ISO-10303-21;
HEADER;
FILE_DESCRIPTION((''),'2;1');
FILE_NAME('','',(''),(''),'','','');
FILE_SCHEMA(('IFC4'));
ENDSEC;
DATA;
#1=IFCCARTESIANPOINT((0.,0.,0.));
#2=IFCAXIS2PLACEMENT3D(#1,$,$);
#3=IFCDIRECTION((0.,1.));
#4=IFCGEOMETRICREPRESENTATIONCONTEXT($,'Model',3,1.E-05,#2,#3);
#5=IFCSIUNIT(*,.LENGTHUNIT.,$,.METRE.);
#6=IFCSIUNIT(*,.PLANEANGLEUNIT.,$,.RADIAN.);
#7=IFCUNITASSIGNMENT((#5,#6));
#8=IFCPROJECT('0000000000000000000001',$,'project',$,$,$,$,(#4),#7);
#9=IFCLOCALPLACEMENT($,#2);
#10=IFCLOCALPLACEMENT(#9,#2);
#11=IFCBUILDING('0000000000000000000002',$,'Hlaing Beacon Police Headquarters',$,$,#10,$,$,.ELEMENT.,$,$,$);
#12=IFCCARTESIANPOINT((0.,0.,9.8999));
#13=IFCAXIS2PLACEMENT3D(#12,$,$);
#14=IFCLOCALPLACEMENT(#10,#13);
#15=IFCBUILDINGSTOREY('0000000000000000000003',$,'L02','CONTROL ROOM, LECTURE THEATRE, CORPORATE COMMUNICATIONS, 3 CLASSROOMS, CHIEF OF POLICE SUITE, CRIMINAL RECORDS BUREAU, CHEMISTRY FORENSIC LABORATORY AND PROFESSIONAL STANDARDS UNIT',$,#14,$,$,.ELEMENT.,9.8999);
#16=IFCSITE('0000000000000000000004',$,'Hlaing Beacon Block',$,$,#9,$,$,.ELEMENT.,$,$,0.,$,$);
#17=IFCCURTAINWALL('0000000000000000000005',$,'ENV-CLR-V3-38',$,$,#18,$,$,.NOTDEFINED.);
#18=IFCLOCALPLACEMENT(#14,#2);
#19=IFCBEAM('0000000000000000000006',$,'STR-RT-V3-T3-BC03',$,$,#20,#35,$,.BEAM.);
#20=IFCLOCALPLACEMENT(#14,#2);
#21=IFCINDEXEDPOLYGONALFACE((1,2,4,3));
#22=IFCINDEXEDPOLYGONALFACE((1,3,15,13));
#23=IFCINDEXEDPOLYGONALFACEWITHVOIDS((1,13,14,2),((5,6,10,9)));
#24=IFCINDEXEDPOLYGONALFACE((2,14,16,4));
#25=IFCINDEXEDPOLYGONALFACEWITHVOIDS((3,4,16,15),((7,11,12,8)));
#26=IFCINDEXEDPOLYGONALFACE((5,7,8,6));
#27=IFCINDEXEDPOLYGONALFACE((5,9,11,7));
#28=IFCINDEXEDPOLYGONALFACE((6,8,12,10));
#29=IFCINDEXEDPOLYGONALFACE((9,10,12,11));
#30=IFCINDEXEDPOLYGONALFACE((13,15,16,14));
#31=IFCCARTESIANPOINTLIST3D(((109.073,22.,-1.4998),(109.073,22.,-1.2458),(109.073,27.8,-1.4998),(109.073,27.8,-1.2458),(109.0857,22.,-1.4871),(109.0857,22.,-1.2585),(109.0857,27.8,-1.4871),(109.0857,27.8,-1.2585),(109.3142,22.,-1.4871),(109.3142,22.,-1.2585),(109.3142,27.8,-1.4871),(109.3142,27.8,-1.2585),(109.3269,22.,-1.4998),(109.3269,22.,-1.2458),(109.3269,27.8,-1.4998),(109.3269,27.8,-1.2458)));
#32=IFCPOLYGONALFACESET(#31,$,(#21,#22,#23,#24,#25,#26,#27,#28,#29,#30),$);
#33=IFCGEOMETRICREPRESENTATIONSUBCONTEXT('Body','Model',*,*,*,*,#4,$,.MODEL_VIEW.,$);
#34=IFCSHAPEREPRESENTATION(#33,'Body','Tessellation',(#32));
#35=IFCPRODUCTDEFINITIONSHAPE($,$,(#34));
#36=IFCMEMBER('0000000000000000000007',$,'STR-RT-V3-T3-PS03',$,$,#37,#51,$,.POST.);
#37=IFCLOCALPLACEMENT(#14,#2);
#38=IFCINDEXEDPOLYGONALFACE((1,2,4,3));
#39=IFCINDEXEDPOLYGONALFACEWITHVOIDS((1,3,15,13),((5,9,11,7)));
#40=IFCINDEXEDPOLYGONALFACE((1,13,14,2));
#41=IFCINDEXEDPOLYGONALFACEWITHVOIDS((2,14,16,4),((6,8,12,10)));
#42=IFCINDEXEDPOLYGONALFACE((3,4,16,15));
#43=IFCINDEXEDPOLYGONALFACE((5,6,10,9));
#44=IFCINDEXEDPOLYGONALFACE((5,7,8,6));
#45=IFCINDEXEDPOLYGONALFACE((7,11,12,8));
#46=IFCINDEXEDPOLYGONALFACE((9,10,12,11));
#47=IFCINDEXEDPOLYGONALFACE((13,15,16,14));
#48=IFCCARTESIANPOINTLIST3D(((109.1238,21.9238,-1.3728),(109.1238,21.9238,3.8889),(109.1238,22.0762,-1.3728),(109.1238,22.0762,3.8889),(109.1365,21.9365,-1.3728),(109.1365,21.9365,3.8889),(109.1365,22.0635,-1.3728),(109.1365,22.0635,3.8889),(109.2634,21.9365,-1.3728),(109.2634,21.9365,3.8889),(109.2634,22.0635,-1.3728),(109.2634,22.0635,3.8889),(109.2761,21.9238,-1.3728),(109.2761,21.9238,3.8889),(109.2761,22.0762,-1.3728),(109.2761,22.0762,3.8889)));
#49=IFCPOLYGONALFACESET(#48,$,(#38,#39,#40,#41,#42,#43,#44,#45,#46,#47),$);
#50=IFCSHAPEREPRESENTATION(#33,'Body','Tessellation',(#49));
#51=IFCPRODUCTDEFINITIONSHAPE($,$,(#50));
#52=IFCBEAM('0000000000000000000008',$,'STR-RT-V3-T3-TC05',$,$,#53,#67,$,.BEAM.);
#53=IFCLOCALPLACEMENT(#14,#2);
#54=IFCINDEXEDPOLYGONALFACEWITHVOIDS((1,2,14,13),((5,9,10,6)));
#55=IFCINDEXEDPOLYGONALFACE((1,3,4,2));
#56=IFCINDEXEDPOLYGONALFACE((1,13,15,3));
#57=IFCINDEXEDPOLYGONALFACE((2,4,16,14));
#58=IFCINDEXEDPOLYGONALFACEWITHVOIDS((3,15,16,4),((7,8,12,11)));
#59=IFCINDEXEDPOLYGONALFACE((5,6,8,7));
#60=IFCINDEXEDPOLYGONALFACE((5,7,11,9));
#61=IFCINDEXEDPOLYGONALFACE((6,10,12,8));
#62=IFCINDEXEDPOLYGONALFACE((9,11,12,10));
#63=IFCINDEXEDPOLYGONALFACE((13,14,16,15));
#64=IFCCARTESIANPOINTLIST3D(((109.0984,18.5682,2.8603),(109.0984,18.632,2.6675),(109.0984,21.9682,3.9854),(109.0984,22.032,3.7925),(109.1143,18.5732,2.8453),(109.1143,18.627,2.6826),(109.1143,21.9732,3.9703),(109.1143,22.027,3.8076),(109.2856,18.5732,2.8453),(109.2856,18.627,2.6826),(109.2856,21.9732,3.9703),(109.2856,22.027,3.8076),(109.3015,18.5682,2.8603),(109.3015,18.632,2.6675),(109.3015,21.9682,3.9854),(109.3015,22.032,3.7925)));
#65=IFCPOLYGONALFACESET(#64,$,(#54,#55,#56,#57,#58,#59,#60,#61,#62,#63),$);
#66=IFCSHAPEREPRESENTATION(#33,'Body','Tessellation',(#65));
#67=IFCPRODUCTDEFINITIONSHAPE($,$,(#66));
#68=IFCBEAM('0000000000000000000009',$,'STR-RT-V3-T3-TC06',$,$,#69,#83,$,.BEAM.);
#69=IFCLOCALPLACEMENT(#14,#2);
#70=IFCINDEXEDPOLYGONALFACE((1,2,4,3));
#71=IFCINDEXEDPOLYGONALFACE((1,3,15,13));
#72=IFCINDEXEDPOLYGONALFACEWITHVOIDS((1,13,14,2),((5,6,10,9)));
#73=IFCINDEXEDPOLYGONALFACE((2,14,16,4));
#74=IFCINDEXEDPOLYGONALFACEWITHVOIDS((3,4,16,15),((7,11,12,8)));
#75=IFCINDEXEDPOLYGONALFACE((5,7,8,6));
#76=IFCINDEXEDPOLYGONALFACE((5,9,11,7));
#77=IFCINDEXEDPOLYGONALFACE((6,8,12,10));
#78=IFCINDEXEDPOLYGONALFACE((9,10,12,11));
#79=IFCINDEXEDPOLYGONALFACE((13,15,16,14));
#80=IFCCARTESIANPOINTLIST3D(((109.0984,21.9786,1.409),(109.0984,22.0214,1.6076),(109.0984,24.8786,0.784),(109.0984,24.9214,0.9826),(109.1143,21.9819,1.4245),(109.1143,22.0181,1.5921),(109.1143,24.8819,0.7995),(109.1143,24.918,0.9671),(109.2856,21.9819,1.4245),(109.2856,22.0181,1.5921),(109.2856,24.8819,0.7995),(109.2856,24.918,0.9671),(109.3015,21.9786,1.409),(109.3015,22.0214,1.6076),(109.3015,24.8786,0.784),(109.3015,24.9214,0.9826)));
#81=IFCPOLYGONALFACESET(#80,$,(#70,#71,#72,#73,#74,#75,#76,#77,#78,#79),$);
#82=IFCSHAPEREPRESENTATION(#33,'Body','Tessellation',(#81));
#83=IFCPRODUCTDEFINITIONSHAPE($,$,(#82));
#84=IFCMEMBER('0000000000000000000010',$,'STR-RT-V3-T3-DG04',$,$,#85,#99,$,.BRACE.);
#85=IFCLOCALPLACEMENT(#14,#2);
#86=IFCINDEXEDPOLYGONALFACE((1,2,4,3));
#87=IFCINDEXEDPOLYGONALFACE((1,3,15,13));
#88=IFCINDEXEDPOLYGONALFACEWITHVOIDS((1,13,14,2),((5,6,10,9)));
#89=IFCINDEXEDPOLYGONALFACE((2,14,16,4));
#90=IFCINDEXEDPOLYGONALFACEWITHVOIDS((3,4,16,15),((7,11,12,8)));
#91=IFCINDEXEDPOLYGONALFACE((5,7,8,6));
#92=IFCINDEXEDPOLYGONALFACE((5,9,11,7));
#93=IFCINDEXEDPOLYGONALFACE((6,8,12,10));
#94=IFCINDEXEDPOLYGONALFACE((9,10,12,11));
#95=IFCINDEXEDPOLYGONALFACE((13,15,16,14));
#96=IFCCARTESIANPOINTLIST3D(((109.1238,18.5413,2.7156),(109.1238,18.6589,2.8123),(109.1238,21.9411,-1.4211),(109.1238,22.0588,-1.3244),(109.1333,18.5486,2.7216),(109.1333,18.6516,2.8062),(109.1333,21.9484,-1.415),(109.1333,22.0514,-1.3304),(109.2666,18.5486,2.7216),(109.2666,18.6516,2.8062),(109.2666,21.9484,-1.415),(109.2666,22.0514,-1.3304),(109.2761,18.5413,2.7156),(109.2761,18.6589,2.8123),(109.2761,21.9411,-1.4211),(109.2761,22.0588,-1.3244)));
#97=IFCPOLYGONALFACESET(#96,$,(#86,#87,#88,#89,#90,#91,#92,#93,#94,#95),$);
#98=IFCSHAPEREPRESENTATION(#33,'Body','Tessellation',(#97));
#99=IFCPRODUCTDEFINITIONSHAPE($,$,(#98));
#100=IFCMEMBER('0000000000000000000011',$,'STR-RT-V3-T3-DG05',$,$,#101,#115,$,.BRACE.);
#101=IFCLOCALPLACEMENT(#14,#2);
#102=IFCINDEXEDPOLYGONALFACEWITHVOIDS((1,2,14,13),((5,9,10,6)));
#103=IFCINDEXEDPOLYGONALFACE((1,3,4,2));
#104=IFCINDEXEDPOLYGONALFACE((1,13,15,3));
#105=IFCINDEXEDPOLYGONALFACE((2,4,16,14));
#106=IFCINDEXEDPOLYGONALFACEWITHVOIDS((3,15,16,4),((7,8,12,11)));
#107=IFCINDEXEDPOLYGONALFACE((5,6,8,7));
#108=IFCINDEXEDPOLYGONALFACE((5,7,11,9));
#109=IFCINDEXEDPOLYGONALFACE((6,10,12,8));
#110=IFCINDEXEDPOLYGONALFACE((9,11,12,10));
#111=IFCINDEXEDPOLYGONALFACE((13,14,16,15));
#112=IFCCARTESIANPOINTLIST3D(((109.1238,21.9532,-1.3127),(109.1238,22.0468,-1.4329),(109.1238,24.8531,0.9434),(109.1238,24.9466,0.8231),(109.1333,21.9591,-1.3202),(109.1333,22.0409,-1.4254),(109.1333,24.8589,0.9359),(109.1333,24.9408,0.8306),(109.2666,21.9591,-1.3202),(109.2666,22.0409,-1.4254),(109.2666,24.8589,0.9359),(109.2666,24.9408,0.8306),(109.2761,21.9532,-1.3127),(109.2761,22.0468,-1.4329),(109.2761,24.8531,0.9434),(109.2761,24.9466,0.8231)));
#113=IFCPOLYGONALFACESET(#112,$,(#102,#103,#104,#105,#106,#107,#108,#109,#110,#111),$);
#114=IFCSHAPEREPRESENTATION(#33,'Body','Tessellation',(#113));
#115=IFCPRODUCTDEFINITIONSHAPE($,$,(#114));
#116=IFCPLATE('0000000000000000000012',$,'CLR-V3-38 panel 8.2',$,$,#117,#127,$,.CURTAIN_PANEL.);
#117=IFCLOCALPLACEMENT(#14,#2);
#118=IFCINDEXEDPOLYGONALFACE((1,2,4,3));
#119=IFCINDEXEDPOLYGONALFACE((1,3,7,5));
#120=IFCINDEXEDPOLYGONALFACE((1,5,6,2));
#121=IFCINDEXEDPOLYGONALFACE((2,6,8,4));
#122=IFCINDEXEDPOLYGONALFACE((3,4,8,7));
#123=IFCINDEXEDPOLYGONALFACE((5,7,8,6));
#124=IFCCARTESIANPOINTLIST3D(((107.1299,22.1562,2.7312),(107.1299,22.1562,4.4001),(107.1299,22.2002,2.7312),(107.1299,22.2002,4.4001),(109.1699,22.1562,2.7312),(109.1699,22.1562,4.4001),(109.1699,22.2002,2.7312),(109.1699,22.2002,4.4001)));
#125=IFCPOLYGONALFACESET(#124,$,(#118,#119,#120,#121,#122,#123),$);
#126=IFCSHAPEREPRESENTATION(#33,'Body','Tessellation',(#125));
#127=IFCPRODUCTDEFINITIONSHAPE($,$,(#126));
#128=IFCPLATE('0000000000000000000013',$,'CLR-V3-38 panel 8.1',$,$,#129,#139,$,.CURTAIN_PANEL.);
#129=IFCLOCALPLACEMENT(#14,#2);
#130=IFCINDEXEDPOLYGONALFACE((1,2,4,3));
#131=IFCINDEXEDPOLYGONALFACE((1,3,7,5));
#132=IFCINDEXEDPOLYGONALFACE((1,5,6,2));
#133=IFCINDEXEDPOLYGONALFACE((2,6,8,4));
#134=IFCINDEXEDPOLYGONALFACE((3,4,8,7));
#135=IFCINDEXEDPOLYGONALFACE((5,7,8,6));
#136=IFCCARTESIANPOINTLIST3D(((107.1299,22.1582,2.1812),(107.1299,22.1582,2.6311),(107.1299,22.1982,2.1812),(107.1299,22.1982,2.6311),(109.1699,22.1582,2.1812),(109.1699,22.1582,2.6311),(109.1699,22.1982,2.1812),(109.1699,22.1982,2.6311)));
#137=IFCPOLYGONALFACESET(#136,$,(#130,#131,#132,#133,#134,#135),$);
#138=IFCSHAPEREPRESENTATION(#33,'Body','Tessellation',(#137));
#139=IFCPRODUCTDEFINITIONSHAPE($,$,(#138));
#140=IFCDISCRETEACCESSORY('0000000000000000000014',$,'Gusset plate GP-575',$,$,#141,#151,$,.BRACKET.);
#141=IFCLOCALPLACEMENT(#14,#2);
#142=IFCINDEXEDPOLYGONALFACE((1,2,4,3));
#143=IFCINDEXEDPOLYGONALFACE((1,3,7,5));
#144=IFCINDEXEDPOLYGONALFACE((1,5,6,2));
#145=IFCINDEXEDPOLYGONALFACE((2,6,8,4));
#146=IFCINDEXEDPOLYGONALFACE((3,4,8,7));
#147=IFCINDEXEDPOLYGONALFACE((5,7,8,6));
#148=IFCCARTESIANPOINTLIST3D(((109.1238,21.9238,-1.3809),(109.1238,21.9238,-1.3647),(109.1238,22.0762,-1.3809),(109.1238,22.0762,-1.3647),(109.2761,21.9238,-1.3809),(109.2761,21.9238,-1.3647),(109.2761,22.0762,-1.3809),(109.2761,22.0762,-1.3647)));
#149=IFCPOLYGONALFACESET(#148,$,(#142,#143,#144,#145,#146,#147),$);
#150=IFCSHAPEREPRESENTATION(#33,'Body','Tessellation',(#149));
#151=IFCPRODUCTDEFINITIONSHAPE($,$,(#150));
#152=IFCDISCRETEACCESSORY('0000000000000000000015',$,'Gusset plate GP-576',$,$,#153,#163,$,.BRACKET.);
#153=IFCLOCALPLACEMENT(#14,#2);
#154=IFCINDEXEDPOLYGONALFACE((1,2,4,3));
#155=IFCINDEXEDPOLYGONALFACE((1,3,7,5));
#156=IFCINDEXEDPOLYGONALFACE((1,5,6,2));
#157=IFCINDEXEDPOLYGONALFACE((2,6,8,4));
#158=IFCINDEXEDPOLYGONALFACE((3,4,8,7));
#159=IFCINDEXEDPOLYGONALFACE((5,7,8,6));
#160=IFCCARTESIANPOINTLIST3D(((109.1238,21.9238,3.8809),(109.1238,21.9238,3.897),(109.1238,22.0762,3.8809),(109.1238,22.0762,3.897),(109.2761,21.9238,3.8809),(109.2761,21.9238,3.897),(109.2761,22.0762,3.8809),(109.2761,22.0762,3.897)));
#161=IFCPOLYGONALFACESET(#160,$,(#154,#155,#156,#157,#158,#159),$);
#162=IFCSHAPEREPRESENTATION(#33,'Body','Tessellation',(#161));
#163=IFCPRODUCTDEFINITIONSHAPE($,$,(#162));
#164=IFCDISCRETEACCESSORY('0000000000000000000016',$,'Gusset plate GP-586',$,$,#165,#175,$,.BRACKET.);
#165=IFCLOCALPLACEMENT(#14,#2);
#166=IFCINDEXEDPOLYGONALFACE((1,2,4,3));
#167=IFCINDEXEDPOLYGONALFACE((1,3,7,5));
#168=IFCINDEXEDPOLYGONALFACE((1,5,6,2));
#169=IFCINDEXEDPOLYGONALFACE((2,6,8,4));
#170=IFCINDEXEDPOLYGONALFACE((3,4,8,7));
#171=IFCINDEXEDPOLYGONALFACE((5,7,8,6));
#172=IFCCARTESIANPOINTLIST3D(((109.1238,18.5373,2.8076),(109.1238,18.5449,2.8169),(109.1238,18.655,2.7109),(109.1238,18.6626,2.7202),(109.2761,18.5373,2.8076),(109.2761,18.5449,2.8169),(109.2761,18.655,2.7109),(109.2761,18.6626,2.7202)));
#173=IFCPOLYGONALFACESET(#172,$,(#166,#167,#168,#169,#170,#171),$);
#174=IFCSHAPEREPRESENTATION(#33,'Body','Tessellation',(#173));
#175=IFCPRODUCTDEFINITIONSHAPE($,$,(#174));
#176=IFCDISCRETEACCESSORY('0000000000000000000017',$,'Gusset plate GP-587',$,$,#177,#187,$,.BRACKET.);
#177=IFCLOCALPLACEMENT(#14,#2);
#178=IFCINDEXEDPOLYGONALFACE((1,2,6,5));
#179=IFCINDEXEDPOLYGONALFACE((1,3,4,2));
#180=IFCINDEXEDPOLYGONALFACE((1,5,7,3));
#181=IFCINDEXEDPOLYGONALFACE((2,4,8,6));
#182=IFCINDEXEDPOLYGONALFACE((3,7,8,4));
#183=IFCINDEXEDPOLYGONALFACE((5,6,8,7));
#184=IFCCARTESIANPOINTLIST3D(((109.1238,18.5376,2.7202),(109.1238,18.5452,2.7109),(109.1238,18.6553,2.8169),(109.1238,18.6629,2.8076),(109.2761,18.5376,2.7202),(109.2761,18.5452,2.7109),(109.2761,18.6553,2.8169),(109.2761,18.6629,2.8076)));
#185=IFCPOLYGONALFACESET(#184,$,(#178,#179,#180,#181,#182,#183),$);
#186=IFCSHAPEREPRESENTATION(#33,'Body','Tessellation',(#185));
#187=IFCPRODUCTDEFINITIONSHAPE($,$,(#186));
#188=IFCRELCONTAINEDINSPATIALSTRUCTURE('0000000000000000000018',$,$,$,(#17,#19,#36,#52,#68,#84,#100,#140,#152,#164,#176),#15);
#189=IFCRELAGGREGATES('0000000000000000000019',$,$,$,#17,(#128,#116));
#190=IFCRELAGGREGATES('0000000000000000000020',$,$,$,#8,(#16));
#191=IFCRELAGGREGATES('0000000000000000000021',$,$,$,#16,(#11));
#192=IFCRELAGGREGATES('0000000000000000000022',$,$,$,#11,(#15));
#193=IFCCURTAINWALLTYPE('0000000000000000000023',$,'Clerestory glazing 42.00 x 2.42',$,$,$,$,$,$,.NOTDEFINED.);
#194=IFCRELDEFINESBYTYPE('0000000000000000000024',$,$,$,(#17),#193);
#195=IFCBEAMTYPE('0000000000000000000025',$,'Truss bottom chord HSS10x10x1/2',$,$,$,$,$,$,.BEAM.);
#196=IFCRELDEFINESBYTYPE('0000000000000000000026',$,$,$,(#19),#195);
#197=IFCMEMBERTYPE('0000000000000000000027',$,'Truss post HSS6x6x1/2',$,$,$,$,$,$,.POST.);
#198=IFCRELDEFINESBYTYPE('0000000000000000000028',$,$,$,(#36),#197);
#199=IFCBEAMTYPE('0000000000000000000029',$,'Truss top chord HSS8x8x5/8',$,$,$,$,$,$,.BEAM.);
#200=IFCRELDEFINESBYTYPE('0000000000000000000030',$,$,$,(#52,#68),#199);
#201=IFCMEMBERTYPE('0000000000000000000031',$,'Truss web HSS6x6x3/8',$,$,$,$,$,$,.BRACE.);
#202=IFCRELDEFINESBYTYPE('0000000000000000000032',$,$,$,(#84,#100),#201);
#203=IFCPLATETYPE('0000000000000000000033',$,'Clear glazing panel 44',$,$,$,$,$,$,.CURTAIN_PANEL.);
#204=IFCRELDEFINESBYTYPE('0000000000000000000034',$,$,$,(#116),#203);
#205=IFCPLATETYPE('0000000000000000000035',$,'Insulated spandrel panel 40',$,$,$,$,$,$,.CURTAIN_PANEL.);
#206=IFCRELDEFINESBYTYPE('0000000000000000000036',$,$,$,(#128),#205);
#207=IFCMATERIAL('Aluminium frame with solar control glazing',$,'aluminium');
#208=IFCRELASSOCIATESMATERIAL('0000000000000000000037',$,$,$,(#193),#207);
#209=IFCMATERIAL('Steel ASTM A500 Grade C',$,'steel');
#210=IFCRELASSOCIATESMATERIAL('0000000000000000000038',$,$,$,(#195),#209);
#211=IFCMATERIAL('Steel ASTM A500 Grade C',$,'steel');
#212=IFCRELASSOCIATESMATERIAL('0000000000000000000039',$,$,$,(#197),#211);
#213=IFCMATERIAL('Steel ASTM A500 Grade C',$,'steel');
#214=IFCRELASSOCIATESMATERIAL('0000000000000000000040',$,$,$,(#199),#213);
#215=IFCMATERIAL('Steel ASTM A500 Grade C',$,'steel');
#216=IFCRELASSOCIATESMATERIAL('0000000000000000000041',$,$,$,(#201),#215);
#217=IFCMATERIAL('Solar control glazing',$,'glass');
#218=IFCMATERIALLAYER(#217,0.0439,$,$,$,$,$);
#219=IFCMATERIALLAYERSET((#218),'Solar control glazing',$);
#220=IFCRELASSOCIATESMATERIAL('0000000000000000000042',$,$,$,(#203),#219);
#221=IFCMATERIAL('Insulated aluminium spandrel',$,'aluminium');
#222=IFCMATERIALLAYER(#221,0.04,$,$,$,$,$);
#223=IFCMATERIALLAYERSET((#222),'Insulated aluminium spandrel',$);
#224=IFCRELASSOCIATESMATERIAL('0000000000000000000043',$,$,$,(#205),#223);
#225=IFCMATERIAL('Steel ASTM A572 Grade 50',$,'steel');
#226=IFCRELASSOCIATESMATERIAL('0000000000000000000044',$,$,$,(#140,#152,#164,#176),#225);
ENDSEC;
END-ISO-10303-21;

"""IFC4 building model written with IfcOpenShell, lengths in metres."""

from ifc_helpers import new_model, si_unit, direction, frame, origin, origin_2d, place, context, subcontext, project, spatial, rectangle, hollow_rectangle, extrude, material, layer, layer_set, material_profile, profile_set, type_object, element, aggregate, save


model = new_model("IFC4")

# Units and contexts
model_context = context("Model", 3, precision=1e-05, world=origin(), true_north=direction((0.0, 1.0)))
body_context = subcontext(model_context, "Body", "Model", "MODEL_VIEW")
ifc_project = project(units=[si_unit("LENGTHUNIT", "METRE"), si_unit("PLANEANGLEUNIT", "RADIAN")], contexts=[model_context])

# Site, building, storey
site_placement = place(None, origin())
site = spatial("IfcSite", under=ifc_project, at=site_placement, Name="Hlaing Beacon Block", CompositionType="ELEMENT", RefElevation=0.0)
building_placement = place(site_placement, origin())
building = spatial("IfcBuilding", under=site, at=building_placement, Name="Hlaing Beacon Police Headquarters", CompositionType="ELEMENT")
storey_placement = place(building_placement, frame((0.0, 0.0, 9.8999)))
storey = spatial("IfcBuildingStorey", under=building, at=storey_placement, Name="L02", Description="CONTROL ROOM, LECTURE THEATRE, CORPORATE COMMUNICATIONS, 3 CLASSROOMS, CHIEF OF POLICE SUITE, CRIMINAL RECORDS BUREAU, CHEMISTRY FORENSIC LABORATORY AND PROFESSIONAL STANDARDS UNIT", CompositionType="ELEMENT", Elevation=9.8999)

# Curtain wall
ifc_material_1 = material(Name="Aluminium frame with solar control glazing", Category="aluminium")
curtain_wall_type = type_object("IfcCurtainWallType", Name="Clerestory glazing 42.00 x 2.42", PredefinedType="NOTDEFINED", material=ifc_material_1)
curtain_wall_placement = place(storey_placement, origin())
curtain_wall = element("IfcCurtainWall", 1, at=curtain_wall_placement, inside=storey, type_object=curtain_wall_type, Name="ENV-CLR-V3-38", PredefinedType="NOTDEFINED")

# Beam
ifc_material_2 = material(Name="Steel ASTM A500 Grade C", Category="steel")
ifc_material_profile_1 = material_profile(ifc_material_2, hollow_rectangle(XDim=0.2539, YDim=0.2539, WallThickness=0.0127, at=origin_2d()), Name="HSS10x10x1/2")
ifc_profile_set_1 = profile_set([ifc_material_profile_1], Name="Steel ASTM A500 Grade C")
beam_type_1 = type_object("IfcBeamType", Name="Truss bottom chord HSS10x10x1/2", PredefinedType="BEAM", material=ifc_profile_set_1)
beam_1_placement = place(storey_placement, frame((109.2, 22.0, -1.3728), z_axis=(0.0, 1.0, 0.0), x_axis=(-1.0, 0.0, 0.0)))
element("IfcBeam", 2, at=beam_1_placement, inside=storey, type_object=beam_type_1, Name="STR-RT-V3-T3-BC03", PredefinedType="BEAM", context=body_context, shape_type="SweptSolid", body=[
    extrude(hollow_rectangle(XDim=0.2539, YDim=0.2539, WallThickness=0.0127, at=origin_2d()), origin(), (0.0, 0.0, 1.0), 5.8),
])

# Member
ifc_material_3 = material(Name="Steel ASTM A500 Grade C", Category="steel")
ifc_material_profile_2 = material_profile(ifc_material_3, hollow_rectangle(XDim=0.1523, YDim=0.1523, WallThickness=0.0127, at=origin_2d()), Name="HSS6x6x1/2")
ifc_profile_set_2 = profile_set([ifc_material_profile_2], Name="Steel ASTM A500 Grade C")
member_type_1 = type_object("IfcMemberType", Name="Truss post HSS6x6x1/2", PredefinedType="POST", material=ifc_profile_set_2)
member_1_placement = place(storey_placement, frame((109.2, 22.0, -1.3728), z_axis=(0.0, 0.0, 1.0), x_axis=(1.0, 0.0, 0.0)))
element("IfcMember", 3, at=member_1_placement, inside=storey, type_object=member_type_1, Name="STR-RT-V3-T3-PS03", PredefinedType="POST", context=body_context, shape_type="SweptSolid", body=[
    extrude(hollow_rectangle(XDim=0.1523, YDim=0.1523, WallThickness=0.0127, at=origin_2d()), origin(), (0.0, 0.0, 1.0), 5.2617),
])

# Beams
ifc_material_4 = material(Name="Steel ASTM A500 Grade C", Category="steel")
ifc_material_profile_3 = material_profile(ifc_material_4, hollow_rectangle(XDim=0.2031, YDim=0.2031, WallThickness=0.0159, at=origin_2d()), Name="HSS8x8x5/8")
ifc_profile_set_3 = profile_set([ifc_material_profile_3], Name="Steel ASTM A500 Grade C")
beam_type_2 = type_object("IfcBeamType", Name="Truss top chord HSS8x8x5/8", PredefinedType="BEAM", material=ifc_profile_set_3)
beam_2_placement = place(storey_placement, frame((109.2, 18.6001, 2.7639), z_axis=(0.0, 0.949376, 0.314141), x_axis=(-1.0, 0.0, 0.0)))
element("IfcBeam", 4, at=beam_2_placement, inside=storey, type_object=beam_type_2, Name="STR-RT-V3-T3-TC05", PredefinedType="BEAM", context=body_context, shape_type="SweptSolid", body=[
    extrude(hollow_rectangle(XDim=0.2031, YDim=0.2031, WallThickness=0.0159, at=origin_2d()), origin(), (0.0, 0.0, 1.0), 3.5813),
])
beam_3_placement = place(storey_placement, frame((109.2, 22.0, 1.5083), z_axis=(0.0, 0.977554, -0.210687), x_axis=(-1.0, 0.0, 0.0)))
element("IfcBeam", 5, at=beam_3_placement, inside=storey, type_object=beam_type_2, Name="STR-RT-V3-T3-TC06", PredefinedType="BEAM", context=body_context, shape_type="SweptSolid", body=[
    extrude(hollow_rectangle(XDim=0.2031, YDim=0.2031, WallThickness=0.0159, at=origin_2d()), origin(), (0.0, 0.0, 1.0), 2.9666),
])

# Members
ifc_material_5 = material(Name="Steel ASTM A500 Grade C", Category="steel")
ifc_material_profile_4 = material_profile(ifc_material_5, hollow_rectangle(XDim=0.1523, YDim=0.1523, WallThickness=0.0095, at=origin_2d()), Name="HSS6x6x3/8")
ifc_profile_set_4 = profile_set([ifc_material_profile_4], Name="Steel ASTM A500 Grade C")
member_type_2 = type_object("IfcMemberType", Name="Truss web HSS6x6x3/8", PredefinedType="BRACE", material=ifc_profile_set_4)
member_2_placement = place(storey_placement, frame((109.2, 18.6001, 2.7639), z_axis=(0.0, 0.634949, -0.772554), x_axis=(-1.0, 0.0, 0.0)))
element("IfcMember", 6, at=member_2_placement, inside=storey, type_object=member_type_2, Name="STR-RT-V3-T3-DG04", PredefinedType="BRACE", context=body_context, shape_type="SweptSolid", body=[
    extrude(hollow_rectangle(XDim=0.1523, YDim=0.1523, WallThickness=0.0095, at=origin_2d()), origin(), (0.0, 0.0, 1.0), 5.3545),
])
member_3_placement = place(storey_placement, frame((109.2, 22.0, -1.3728), z_axis=(0.0, 0.78927, 0.614046), x_axis=(-1.0, 0.0, 0.0)))
element("IfcMember", 7, at=member_3_placement, inside=storey, type_object=member_type_2, Name="STR-RT-V3-T3-DG05", PredefinedType="BRACE", context=body_context, shape_type="SweptSolid", body=[
    extrude(hollow_rectangle(XDim=0.1523, YDim=0.1523, WallThickness=0.0095, at=origin_2d()), origin(), (0.0, 0.0, 1.0), 3.6741),
])

# Plates
ifc_material_6 = material(Name="Solar control glazing", Category="glass")
ifc_layer_1 = layer(ifc_material_6, 0.0439)
ifc_layer_set_1 = layer_set([ifc_layer_1], Name="Solar control glazing")
plate_type_1 = type_object("IfcPlateType", Name="Clear glazing panel 44", PredefinedType="CURTAIN_PANEL", material=ifc_layer_set_1)
plate_1_placement = place(storey_placement, frame((108.1499, 22.1782, 2.7312), z_axis=(0.0, 0.0, 1.0), x_axis=(1.0, 0.0, 0.0)))
plate_1 = element("IfcPlate", 8, at=plate_1_placement, type_object=plate_type_1, Name="CLR-V3-38 panel 8.2", PredefinedType="CURTAIN_PANEL", context=body_context, shape_type="SweptSolid", body=[
    extrude(rectangle(XDim=2.04, YDim=0.0439, at=origin_2d()), origin(), (0.0, 0.0, 1.0), 1.6689),
])
ifc_material_7 = material(Name="Insulated aluminium spandrel", Category="aluminium")
ifc_layer_2 = layer(ifc_material_7, 0.04)
ifc_layer_set_2 = layer_set([ifc_layer_2], Name="Insulated aluminium spandrel")
plate_type_2 = type_object("IfcPlateType", Name="Insulated spandrel panel 40", PredefinedType="CURTAIN_PANEL", material=ifc_layer_set_2)
plate_2_placement = place(storey_placement, frame((108.1499, 22.1782, 2.1812), z_axis=(0.0, 0.0, 1.0), x_axis=(1.0, 0.0, 0.0)))
plate_2 = element("IfcPlate", 9, at=plate_2_placement, type_object=plate_type_2, Name="CLR-V3-38 panel 8.1", PredefinedType="CURTAIN_PANEL", context=body_context, shape_type="SweptSolid", body=[
    extrude(rectangle(XDim=2.04, YDim=0.04, at=origin_2d()), origin(), (0.0, 0.0, 1.0), 0.45),
])
aggregate(curtain_wall, [plate_2, plate_1])

# Discrete accessories
ifc_material_8 = material(Name="Steel ASTM A572 Grade 50", Category="steel")
for number, where, z_axis, x_axis, name in (
    (10, (109.2, 22.0, -1.3647), (0.0, 0.0, -1.0), (1.0, 0.0, 0.0), "Gusset plate GP-575"),
    (11, (109.2, 22.0, 3.8809), (0.0, 0.0, 1.0), (1.0, 0.0, 0.0), "Gusset plate GP-576"),
):
    element("IfcDiscreteAccessory", number, at=place(storey_placement, frame(where, z_axis=z_axis, x_axis=x_axis)), inside=storey, material=ifc_material_8, Name=name, PredefinedType="BRACKET", context=body_context, shape_type="SweptSolid", body=[
        extrude(rectangle(XDim=0.1523, YDim=0.1523, at=origin_2d()), origin(), (0.0, 0.0, 1.0), 0.0161),
    ])
for number, where, z_axis, x_axis, name in (
    (12, (109.2, 18.5962, 2.7593), (0.0, 0.634977, 0.772531), (-1.0, 0.0, 0.0), "Gusset plate GP-586"),
    (13, (109.2, 18.604, 2.7593), (0.0, -0.634949, 0.772554), (1.0, 0.0, 0.0), "Gusset plate GP-587"),
):
    element("IfcDiscreteAccessory", number, at=place(storey_placement, frame(where, z_axis=z_axis, x_axis=x_axis)), inside=storey, material=ifc_material_8, Name=name, PredefinedType="BRACKET", context=body_context, shape_type="SweptSolid", body=[
        extrude(rectangle(XDim=0.1523, YDim=0.1523, at=origin_2d()), origin(), (0.0, 0.0, 1.0), 0.012),
    ])

save(model, "model.ifc")
